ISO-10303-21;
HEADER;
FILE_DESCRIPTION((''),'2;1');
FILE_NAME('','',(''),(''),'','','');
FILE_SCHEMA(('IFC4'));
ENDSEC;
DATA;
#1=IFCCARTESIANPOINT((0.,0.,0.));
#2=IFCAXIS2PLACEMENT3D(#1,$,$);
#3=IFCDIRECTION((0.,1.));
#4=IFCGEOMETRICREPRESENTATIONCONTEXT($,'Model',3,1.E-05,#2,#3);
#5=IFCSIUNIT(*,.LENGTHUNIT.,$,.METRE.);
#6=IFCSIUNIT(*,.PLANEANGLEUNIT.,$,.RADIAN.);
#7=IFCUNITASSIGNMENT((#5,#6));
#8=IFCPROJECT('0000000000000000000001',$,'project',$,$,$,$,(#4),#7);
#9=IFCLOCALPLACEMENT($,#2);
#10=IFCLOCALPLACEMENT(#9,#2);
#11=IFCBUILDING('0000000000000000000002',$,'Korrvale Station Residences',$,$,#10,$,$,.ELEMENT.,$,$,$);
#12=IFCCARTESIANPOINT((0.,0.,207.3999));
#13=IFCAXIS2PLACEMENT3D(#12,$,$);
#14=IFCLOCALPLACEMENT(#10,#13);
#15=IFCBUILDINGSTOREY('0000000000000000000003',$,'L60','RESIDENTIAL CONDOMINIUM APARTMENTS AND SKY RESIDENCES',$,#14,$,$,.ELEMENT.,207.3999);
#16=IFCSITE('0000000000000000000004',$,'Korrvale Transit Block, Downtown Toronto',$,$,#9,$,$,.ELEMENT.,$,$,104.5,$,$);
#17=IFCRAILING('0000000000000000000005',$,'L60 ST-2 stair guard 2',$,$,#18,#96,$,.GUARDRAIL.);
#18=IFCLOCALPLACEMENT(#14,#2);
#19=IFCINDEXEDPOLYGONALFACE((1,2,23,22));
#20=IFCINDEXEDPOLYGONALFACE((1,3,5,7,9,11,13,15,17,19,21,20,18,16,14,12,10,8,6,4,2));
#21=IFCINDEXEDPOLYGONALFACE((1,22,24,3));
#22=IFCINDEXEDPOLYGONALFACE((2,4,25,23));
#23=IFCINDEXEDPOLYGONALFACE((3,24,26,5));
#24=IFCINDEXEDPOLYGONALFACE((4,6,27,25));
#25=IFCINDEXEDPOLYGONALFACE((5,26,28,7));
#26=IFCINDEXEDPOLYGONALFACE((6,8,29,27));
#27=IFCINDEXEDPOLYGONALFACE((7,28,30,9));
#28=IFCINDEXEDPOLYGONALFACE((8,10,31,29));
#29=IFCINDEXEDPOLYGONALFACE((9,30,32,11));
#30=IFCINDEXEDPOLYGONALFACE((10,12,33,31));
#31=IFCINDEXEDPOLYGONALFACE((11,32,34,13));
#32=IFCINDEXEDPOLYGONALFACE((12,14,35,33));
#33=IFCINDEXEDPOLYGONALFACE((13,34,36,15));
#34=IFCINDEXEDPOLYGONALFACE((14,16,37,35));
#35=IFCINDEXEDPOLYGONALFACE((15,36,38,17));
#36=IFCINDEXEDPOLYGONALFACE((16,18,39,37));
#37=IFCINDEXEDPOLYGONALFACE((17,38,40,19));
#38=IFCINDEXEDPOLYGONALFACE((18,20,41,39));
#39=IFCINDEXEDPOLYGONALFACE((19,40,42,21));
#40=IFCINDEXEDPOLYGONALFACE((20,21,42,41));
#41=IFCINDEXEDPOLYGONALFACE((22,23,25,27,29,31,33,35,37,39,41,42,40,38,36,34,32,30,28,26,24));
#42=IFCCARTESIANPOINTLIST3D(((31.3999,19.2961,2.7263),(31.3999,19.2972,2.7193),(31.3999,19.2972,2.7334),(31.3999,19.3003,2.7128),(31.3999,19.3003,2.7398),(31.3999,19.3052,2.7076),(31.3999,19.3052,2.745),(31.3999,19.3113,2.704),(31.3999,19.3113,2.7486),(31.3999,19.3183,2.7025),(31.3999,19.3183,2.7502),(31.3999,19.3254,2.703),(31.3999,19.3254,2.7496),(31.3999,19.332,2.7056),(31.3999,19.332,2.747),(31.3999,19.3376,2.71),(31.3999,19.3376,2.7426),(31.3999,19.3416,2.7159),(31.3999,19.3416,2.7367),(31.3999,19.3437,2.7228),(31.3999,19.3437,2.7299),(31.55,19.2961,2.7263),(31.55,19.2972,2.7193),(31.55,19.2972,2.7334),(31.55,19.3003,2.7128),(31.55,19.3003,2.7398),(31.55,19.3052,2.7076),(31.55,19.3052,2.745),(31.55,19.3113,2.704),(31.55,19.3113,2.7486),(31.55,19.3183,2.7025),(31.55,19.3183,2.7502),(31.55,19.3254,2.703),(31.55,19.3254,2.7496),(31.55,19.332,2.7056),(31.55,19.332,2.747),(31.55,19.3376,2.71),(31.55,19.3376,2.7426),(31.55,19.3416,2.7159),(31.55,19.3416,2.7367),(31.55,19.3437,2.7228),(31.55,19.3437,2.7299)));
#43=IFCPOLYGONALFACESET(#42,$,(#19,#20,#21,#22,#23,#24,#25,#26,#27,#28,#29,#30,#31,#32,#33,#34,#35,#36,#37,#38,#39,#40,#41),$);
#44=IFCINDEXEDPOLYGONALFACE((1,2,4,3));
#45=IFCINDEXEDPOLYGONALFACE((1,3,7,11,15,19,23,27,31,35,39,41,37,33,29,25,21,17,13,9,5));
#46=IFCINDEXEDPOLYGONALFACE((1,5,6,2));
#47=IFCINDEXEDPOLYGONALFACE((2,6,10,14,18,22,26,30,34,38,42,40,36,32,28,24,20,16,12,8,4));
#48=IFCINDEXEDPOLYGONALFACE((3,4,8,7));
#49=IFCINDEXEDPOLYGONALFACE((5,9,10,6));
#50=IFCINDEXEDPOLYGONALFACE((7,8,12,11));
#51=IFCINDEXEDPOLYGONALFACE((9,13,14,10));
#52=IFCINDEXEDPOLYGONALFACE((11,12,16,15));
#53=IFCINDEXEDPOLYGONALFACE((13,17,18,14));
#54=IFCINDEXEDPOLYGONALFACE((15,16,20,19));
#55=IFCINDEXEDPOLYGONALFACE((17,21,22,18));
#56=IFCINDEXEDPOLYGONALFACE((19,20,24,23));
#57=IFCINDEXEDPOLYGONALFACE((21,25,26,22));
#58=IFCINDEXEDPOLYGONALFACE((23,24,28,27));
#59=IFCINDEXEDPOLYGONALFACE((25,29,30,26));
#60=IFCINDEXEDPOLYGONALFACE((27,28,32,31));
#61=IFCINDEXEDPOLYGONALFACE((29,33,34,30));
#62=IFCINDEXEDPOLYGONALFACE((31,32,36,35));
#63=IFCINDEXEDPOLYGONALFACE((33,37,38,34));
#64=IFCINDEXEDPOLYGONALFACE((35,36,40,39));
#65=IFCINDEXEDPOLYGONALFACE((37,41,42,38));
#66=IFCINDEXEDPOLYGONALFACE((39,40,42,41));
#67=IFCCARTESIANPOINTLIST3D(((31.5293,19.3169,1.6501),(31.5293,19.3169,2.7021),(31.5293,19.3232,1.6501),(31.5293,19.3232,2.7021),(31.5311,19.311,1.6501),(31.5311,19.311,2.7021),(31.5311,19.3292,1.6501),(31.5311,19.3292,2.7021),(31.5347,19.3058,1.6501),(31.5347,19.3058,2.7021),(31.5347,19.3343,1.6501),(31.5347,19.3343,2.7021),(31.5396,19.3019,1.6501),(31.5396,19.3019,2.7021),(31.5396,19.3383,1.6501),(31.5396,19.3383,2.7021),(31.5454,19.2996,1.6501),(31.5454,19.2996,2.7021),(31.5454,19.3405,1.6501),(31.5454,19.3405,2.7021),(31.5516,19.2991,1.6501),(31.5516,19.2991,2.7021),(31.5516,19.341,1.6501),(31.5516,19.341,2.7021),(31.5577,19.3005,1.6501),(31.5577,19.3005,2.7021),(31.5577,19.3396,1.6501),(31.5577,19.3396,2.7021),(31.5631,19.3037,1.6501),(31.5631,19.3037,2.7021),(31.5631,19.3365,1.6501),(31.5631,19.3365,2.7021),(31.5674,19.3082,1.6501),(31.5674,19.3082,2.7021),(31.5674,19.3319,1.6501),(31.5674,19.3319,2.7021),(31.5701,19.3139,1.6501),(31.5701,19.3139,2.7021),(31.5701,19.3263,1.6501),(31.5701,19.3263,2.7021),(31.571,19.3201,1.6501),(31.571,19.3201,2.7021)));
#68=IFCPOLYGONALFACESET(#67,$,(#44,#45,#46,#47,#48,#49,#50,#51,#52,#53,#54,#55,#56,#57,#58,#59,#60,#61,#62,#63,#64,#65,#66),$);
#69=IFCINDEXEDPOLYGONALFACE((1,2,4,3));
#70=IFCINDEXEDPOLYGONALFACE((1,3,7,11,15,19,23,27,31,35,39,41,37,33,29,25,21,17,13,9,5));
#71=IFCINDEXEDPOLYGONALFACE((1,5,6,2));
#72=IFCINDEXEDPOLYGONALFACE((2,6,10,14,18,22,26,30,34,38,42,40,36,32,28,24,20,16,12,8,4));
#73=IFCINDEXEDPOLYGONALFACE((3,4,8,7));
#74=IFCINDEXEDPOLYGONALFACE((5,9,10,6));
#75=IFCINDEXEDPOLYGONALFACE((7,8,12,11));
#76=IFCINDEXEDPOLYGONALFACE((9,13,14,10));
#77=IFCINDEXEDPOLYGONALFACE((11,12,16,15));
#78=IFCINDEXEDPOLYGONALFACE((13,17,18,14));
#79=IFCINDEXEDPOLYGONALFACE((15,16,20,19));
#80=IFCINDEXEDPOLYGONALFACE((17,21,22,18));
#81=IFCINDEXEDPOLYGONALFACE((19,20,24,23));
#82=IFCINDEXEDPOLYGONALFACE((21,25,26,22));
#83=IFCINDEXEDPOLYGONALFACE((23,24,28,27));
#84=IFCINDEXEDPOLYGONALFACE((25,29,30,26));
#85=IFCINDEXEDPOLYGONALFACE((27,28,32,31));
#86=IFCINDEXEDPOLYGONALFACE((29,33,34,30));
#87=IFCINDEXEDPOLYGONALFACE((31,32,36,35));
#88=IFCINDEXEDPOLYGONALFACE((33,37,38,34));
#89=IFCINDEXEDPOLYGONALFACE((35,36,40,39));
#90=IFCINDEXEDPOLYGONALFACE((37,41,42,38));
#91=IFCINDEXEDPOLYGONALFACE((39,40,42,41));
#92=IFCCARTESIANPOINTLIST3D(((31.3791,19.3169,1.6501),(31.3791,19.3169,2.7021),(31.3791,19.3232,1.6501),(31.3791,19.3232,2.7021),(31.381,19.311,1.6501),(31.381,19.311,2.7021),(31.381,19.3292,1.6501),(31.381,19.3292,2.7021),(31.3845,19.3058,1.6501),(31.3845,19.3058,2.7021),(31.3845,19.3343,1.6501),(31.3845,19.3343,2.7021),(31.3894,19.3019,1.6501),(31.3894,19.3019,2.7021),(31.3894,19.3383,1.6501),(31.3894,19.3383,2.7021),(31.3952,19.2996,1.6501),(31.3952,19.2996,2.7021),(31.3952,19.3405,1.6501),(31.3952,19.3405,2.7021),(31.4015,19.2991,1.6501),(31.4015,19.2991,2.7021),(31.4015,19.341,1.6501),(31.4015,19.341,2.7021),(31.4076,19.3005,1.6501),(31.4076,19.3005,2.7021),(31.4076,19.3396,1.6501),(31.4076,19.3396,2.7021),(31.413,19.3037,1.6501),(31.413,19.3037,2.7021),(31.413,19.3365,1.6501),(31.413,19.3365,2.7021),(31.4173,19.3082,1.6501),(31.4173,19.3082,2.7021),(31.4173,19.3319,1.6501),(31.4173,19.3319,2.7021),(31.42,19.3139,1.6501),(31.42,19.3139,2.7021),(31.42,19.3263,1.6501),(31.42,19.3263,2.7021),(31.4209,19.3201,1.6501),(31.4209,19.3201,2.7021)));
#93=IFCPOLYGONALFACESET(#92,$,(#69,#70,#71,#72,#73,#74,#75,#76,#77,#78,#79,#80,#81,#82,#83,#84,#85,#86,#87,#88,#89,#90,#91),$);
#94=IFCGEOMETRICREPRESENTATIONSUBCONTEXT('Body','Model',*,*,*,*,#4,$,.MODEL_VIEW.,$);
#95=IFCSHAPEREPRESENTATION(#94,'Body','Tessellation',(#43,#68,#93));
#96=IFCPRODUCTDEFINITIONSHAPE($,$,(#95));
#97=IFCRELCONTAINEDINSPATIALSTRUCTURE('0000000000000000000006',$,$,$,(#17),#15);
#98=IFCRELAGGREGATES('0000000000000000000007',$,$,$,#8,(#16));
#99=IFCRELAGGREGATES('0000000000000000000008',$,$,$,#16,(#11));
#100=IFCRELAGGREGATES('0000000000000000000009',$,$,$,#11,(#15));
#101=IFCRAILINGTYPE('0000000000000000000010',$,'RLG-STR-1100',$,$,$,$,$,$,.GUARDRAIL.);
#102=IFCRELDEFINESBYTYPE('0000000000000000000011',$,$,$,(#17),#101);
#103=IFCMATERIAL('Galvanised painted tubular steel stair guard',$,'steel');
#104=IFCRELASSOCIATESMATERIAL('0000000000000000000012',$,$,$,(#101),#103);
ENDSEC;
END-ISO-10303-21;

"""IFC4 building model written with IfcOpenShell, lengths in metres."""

from ifc_helpers import new_model, si_unit, direction, frame, origin, origin_2d, place, context, subcontext, project, spatial, circle, extrude, material, type_object, element, save


model = new_model("IFC4")

# Units and contexts
model_context = context("Model", 3, precision=1e-05, world=origin(), true_north=direction((0.0, 1.0)))
body_context = subcontext(model_context, "Body", "Model", "MODEL_VIEW")
ifc_project = project(units=[si_unit("LENGTHUNIT", "METRE"), si_unit("PLANEANGLEUNIT", "RADIAN")], contexts=[model_context])

# Site, building, storey
site_placement = place(None, origin())
site = spatial("IfcSite", under=ifc_project, at=site_placement, Name="Korrvale Transit Block, Downtown Toronto", CompositionType="ELEMENT", RefElevation=104.5)
building_placement = place(site_placement, origin())
building = spatial("IfcBuilding", under=site, at=building_placement, Name="Korrvale Station Residences", CompositionType="ELEMENT")
storey_placement = place(building_placement, frame((0.0, 0.0, 207.3999)))
storey = spatial("IfcBuildingStorey", under=building, at=storey_placement, Name="L60", Description="RESIDENTIAL CONDOMINIUM APARTMENTS AND SKY RESIDENCES", CompositionType="ELEMENT", Elevation=207.3999)

# Railing
ifc_material_1 = material(Name="Galvanised painted tubular steel stair guard", Category="steel")
railing_type_1 = type_object("IfcRailingType", Name="RLG-STR-1100", PredefinedType="GUARDRAIL", material=ifc_material_1)
railing_1_placement = place(storey_placement, frame((31.55, 19.3201, 1.6501)))
element("IfcRailing", 1, at=railing_1_placement, inside=storey, type_object=railing_type_1, Name="L60 ST-2 stair guard 2", PredefinedType="GUARDRAIL", context=body_context, shape_type="SweptSolid", body=[
    extrude(circle(Radius=0.0239, at=origin_2d()), frame((0.0, 0.0, 1.0762), z_axis=(-1.0, 0.0, 0.0), x_axis=(0.0, -1.0, 0.0)), (0.0, 0.0, 1.0), 0.1501),
    extrude(circle(Radius=0.021, at=origin_2d()), origin(), (0.0, 0.0, 1.0), 1.052),
    extrude(circle(Radius=0.021, at=origin_2d()), frame((-0.1501, 0.0, 0.0)), (0.0, 0.0, 1.0), 1.052),
])

save(model, "model.ifc")
